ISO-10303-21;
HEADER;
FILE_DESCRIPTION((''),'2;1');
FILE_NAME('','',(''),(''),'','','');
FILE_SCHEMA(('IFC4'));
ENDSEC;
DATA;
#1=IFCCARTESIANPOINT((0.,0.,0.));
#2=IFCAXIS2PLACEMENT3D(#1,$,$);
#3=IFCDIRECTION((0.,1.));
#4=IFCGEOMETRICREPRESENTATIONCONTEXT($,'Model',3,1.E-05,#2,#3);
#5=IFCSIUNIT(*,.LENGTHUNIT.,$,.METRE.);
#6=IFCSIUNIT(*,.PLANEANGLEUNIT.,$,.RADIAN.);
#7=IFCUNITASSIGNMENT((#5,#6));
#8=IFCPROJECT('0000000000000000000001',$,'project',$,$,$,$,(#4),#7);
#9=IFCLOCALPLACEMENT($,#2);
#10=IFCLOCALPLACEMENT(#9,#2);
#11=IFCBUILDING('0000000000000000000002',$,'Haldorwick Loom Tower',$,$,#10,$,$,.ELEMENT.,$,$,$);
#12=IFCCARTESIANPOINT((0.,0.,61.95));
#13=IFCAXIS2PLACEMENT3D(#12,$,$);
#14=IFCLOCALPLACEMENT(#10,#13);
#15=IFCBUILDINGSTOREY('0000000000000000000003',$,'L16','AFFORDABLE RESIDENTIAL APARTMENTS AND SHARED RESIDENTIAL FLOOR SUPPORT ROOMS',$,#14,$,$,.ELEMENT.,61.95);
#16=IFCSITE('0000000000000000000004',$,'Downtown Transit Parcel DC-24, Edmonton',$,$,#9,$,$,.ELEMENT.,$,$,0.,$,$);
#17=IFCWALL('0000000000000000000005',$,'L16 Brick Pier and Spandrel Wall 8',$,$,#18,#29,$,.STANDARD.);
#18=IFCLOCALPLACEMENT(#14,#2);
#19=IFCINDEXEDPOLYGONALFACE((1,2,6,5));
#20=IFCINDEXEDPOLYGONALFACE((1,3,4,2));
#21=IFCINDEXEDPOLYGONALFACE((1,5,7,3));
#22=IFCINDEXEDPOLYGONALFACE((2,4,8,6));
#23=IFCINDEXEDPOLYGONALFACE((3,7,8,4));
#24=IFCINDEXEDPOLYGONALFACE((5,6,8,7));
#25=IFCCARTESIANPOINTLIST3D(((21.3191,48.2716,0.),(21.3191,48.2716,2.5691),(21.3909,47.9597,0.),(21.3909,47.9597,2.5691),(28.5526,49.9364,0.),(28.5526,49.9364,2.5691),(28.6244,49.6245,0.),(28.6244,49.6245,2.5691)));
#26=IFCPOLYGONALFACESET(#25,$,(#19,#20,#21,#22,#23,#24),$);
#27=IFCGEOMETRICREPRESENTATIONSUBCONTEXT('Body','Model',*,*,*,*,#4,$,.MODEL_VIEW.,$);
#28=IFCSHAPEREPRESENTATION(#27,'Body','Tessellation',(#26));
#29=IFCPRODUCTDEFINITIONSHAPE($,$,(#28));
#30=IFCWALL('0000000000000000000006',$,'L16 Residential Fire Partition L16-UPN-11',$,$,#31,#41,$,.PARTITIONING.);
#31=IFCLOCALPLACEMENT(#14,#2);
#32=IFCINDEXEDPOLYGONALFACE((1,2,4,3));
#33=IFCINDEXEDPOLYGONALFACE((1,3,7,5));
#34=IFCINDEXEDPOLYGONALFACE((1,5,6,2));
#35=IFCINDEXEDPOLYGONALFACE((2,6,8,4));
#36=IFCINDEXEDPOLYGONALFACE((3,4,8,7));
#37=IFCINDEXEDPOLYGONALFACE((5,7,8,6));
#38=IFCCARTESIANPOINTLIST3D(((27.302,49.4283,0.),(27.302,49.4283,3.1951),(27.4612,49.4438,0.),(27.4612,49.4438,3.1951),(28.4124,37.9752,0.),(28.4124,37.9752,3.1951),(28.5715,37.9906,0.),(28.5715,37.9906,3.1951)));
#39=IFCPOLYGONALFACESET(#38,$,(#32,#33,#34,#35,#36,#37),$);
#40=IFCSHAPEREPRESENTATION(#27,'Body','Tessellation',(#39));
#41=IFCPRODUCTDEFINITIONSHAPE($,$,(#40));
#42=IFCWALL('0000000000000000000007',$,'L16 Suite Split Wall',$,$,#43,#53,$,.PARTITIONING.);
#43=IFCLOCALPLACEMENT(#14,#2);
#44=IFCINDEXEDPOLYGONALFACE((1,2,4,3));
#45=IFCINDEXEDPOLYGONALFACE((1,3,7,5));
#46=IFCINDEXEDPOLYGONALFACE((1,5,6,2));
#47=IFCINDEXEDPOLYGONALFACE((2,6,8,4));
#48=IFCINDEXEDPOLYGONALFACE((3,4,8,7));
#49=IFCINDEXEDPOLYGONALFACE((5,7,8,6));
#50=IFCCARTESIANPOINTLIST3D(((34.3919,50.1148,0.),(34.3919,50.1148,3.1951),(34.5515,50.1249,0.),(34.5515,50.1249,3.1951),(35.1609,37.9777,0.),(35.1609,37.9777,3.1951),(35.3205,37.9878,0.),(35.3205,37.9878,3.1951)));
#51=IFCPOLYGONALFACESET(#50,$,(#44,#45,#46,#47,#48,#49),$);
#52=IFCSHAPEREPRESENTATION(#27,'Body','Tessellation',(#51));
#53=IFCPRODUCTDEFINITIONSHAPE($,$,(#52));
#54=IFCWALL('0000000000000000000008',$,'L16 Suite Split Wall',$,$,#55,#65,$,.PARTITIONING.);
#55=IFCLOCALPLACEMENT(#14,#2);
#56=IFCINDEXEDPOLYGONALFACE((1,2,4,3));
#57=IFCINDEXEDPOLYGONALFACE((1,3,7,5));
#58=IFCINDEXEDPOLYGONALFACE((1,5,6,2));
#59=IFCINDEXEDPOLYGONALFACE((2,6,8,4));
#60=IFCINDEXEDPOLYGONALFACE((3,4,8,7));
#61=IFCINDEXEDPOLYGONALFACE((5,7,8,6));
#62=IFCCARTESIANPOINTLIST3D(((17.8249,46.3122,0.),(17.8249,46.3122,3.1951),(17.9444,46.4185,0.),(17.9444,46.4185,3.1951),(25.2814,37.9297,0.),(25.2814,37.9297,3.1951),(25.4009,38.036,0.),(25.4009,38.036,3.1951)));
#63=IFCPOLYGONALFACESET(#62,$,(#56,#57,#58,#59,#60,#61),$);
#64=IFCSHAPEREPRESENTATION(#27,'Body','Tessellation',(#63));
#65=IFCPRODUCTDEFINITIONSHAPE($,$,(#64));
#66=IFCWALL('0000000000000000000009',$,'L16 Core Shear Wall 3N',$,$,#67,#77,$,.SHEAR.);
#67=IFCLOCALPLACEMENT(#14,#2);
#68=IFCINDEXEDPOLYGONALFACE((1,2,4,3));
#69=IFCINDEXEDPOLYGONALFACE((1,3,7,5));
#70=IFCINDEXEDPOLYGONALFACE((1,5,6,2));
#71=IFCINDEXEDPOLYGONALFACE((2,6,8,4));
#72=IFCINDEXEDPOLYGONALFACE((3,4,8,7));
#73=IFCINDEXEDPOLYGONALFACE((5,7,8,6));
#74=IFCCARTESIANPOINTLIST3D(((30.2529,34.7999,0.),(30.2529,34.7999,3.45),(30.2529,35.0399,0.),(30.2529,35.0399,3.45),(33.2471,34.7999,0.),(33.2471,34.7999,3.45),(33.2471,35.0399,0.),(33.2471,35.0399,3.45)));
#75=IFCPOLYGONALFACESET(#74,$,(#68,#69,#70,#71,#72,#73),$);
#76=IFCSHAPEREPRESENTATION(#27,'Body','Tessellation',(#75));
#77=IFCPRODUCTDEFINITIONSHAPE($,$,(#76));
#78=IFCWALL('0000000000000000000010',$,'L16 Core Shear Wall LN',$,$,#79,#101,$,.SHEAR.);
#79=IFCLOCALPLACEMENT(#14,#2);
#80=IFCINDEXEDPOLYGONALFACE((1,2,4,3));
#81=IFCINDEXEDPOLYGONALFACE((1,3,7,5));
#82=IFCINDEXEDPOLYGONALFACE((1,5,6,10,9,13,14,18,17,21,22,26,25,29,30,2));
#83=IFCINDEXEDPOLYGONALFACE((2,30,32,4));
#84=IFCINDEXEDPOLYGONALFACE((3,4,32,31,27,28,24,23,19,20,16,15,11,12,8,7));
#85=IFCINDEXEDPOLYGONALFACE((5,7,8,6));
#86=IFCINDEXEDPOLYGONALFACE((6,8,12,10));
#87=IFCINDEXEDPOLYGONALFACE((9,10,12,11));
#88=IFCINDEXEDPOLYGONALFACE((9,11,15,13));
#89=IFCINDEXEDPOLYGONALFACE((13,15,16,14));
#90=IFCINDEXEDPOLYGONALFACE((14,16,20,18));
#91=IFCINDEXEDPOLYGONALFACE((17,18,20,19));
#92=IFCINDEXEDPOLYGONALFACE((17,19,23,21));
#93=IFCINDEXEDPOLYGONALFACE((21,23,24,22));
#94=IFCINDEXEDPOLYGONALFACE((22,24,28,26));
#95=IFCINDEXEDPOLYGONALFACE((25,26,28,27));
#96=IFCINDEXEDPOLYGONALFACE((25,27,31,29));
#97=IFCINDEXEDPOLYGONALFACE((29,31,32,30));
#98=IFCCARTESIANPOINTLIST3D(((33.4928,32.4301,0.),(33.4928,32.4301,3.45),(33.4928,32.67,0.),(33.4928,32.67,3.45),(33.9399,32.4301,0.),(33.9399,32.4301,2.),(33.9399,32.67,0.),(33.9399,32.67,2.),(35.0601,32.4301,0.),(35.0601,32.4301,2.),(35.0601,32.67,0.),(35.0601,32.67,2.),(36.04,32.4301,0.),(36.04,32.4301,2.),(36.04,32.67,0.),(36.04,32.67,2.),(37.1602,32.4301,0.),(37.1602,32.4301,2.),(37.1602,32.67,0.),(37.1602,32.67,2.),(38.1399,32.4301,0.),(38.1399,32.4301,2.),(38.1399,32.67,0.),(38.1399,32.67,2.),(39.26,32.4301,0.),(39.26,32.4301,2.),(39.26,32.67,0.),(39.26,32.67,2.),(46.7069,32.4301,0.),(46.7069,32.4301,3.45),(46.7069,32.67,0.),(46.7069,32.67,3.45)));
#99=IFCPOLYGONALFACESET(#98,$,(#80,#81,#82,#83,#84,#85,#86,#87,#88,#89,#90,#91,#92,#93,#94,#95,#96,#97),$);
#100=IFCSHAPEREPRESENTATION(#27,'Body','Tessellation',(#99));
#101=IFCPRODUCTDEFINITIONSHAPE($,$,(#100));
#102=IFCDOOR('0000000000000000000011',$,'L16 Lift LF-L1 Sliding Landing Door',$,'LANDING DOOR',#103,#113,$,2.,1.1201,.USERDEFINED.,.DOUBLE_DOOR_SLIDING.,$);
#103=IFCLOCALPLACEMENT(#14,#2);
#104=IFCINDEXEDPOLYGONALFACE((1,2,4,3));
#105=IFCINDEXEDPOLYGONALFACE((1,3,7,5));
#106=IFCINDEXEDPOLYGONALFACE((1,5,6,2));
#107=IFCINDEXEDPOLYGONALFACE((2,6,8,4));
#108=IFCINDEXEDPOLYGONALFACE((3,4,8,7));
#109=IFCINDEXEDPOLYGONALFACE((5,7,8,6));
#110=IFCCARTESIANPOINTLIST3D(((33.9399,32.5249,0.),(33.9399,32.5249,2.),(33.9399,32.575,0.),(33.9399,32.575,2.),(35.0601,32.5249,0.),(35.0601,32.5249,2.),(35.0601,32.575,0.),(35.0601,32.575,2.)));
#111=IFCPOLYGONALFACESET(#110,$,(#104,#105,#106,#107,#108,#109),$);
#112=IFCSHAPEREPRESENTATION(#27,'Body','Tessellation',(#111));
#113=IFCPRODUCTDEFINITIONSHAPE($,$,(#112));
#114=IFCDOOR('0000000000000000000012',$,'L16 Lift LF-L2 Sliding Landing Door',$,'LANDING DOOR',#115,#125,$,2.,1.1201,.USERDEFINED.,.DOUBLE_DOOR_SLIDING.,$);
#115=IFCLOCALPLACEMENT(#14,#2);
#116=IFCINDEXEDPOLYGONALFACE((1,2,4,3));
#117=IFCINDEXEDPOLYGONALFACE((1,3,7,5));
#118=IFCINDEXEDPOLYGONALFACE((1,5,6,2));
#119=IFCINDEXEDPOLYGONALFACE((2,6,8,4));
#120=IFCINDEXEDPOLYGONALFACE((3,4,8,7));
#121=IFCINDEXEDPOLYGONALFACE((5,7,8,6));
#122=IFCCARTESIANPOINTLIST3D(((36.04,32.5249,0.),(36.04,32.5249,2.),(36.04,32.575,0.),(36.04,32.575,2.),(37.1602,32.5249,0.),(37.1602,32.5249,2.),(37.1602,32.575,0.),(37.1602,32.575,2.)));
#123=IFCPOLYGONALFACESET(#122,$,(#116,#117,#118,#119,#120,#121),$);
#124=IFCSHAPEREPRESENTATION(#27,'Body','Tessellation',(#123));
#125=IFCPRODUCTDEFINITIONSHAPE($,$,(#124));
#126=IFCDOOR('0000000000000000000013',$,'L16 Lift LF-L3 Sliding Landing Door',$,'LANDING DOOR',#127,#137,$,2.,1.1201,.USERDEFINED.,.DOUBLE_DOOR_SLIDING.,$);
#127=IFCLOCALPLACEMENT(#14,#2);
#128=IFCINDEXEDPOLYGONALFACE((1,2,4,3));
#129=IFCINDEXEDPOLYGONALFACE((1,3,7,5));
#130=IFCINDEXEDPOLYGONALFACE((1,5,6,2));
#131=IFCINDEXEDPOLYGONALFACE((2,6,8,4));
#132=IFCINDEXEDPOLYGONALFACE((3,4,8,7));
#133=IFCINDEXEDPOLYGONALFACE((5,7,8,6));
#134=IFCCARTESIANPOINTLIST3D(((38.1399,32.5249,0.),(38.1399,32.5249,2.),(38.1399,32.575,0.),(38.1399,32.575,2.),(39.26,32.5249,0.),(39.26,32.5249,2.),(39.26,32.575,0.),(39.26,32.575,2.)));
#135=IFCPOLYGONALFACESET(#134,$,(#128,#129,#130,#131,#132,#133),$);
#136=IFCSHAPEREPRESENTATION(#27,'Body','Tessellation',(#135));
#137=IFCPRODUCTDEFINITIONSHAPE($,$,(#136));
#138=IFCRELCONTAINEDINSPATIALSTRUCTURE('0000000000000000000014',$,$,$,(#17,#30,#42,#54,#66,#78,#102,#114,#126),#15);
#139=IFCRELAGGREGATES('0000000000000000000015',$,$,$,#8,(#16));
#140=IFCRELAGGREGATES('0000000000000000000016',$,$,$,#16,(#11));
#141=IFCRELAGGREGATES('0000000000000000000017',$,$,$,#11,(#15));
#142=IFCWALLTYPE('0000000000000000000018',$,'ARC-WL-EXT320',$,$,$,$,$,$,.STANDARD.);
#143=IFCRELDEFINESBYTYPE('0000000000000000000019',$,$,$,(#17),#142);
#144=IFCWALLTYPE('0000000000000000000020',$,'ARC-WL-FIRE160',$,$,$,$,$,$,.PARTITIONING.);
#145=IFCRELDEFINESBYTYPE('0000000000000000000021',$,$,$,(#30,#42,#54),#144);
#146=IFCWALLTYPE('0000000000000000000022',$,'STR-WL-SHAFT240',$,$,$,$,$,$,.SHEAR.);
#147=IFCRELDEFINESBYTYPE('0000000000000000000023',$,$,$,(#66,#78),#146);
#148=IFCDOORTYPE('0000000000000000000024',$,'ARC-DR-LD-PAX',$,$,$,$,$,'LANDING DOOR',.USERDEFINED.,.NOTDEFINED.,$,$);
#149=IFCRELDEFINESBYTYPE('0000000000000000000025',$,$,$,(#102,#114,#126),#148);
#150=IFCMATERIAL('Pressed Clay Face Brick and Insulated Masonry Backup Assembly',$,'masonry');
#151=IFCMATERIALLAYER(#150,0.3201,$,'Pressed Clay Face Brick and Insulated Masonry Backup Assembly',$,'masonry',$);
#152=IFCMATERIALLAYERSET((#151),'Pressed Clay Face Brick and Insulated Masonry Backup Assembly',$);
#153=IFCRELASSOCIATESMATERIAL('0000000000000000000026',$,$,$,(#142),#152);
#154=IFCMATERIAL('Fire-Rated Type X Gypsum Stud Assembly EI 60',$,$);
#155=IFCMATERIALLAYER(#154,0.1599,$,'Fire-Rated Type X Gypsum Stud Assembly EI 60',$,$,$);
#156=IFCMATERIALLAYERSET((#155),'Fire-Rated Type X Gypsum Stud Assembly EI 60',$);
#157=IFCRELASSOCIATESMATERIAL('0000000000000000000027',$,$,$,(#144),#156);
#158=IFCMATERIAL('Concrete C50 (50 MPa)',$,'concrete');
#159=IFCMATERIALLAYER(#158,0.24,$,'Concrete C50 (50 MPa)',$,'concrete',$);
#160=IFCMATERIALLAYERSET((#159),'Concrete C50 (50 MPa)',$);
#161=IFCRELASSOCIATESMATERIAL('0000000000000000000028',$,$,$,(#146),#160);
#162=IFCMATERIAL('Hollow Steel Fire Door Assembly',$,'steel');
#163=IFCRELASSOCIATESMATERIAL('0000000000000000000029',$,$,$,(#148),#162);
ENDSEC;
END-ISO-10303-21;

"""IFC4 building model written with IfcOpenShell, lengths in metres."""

from ifc_helpers import new_model, si_unit, direction, frame, frame_2d, origin, place, context, subcontext, project, spatial, rectangle, extrude, material, layer, layer_set, type_object, element, fill, save


model = new_model("IFC4")

# Units and contexts
model_context = context("Model", 3, precision=1e-05, world=origin(), true_north=direction((0.0, 1.0)))
body_context = subcontext(model_context, "Body", "Model", "MODEL_VIEW")
ifc_project = project(units=[si_unit("LENGTHUNIT", "METRE"), si_unit("PLANEANGLEUNIT", "RADIAN")], contexts=[model_context])

# Site, building, storey
site_placement = place(None, origin())
site = spatial("IfcSite", under=ifc_project, at=site_placement, Name="Downtown Transit Parcel DC-24, Edmonton", CompositionType="ELEMENT", RefElevation=0.0)
building_placement = place(site_placement, origin())
building = spatial("IfcBuilding", under=site, at=building_placement, Name="Haldorwick Loom Tower", CompositionType="ELEMENT")
storey_placement = place(building_placement, frame((0.0, 0.0, 61.95)))
storey = spatial("IfcBuildingStorey", under=building, at=storey_placement, Name="L16", Description="AFFORDABLE RESIDENTIAL APARTMENTS AND SHARED RESIDENTIAL FLOOR SUPPORT ROOMS", CompositionType="ELEMENT", Elevation=61.95)

# Walls
ifc_material_1 = material(Name="Pressed Clay Face Brick and Insulated Masonry Backup Assembly", Category="masonry")
ifc_layer_1 = layer(ifc_material_1, 0.3201, Name="Pressed Clay Face Brick and Insulated Masonry Backup Assembly", Category="masonry")
ifc_layer_set_1 = layer_set([ifc_layer_1], Name="Pressed Clay Face Brick and Insulated Masonry Backup Assembly")
wall_type_1 = type_object("IfcWallType", Name="ARC-WL-EXT320", PredefinedType="STANDARD", material=ifc_layer_set_1)
wall_1_placement = place(storey_placement, frame((28.5886, 49.7805, 0.0), z_axis=(0.0, 0.0, 1.0), x_axis=(-0.974522, -0.22429, 0.0)))
element("IfcWall", 1, at=wall_1_placement, inside=storey, type_object=wall_type_1, Name="L16 Brick Pier and Spandrel Wall 8", PredefinedType="STANDARD", context=body_context, shape_type="SweptSolid", body=[
    extrude(rectangle(XDim=7.4226, YDim=0.3201, at=frame_2d((3.7114, 0.0))), origin(), (0.0, 0.0, 1.0), 2.5691),
])
ifc_material_2 = material(Name="Fire-Rated Type X Gypsum Stud Assembly EI 60")
ifc_layer_2 = layer(ifc_material_2, 0.1599, Name="Fire-Rated Type X Gypsum Stud Assembly EI 60")
ifc_layer_set_2 = layer_set([ifc_layer_2], Name="Fire-Rated Type X Gypsum Stud Assembly EI 60")
wall_type_2 = type_object("IfcWallType", Name="ARC-WL-FIRE160", PredefinedType="PARTITIONING", material=ifc_layer_set_2)
wall_2_placement = place(storey_placement, frame((28.4919, 37.9829, 0.0), z_axis=(0.0, 0.0, 1.0), x_axis=(-0.096495, 0.995333, 0.0)))
element("IfcWall", 2, at=wall_2_placement, inside=storey, type_object=wall_type_2, Name="L16 Residential Fire Partition L16-UPN-11", PredefinedType="PARTITIONING", context=body_context, shape_type="SweptSolid", body=[
    extrude(rectangle(XDim=11.5068, YDim=0.1599, at=frame_2d((5.7534, 0.0))), origin(), (0.0, 0.0, 1.0), 3.1951),
])
wall_3_placement = place(storey_placement, frame((35.2407, 37.9829, 0.0), z_axis=(0.0, 0.0, 1.0), x_axis=(-0.063237, 0.997999, 0.0)))
element("IfcWall", 3, at=wall_3_placement, inside=storey, type_object=wall_type_2, Name="L16 Suite Split Wall", PredefinedType="PARTITIONING", context=body_context, shape_type="SweptSolid", body=[
    extrude(rectangle(XDim=12.1614, YDim=0.1599, at=frame_2d((6.0806, 0.0))), origin(), (0.0, 0.0, 1.0), 3.1951),
])
wall_4_placement = place(storey_placement, frame((25.3411, 37.9829, 0.0), z_axis=(0.0, 0.0, 1.0), x_axis=(-0.664631, 0.747172, 0.0)))
element("IfcWall", 4, at=wall_4_placement, inside=storey, type_object=wall_type_2, Name="L16 Suite Split Wall", PredefinedType="PARTITIONING", context=body_context, shape_type="SweptSolid", body=[
    extrude(rectangle(XDim=11.219, YDim=0.1599, at=frame_2d((5.6094, 0.0))), origin(), (0.0, 0.0, 1.0), 3.1951),
])
ifc_material_3 = material(Name="Concrete C50 (50 MPa)", Category="concrete")
ifc_layer_3 = layer(ifc_material_3, 0.24, Name="Concrete C50 (50 MPa)", Category="concrete")
ifc_layer_set_3 = layer_set([ifc_layer_3], Name="Concrete C50 (50 MPa)")
wall_type_3 = type_object("IfcWallType", Name="STR-WL-SHAFT240", PredefinedType="SHEAR", material=ifc_layer_set_3)
wall_5_placement = place(storey_placement, frame((30.2529, 34.9199, 0.0), z_axis=(0.0, 0.0, 1.0), x_axis=(1.0, 0.0, 0.0)))
element("IfcWall", 5, at=wall_5_placement, inside=storey, type_object=wall_type_3, Name="L16 Core Shear Wall 3N", PredefinedType="SHEAR", context=body_context, shape_type="SweptSolid", body=[
    extrude(rectangle(XDim=2.9941, YDim=0.24, at=frame_2d((1.4971, 0.0))), origin(), (0.0, 0.0, 1.0), 3.45),
])

# Wall, openings, doors
wall_6_placement = place(storey_placement, frame((33.4929, 32.55, 0.0), z_axis=(0.0, 0.0, 1.0), x_axis=(1.0, 0.0, 0.0)))
wall_6 = element("IfcWall", 6, at=wall_6_placement, inside=storey, type_object=wall_type_3, Name="L16 Core Shear Wall LN", PredefinedType="SHEAR", context=body_context, shape_type="SweptSolid", body=[
    extrude(rectangle(XDim=13.2141, YDim=0.24, at=frame_2d((6.6069, 0.0))), origin(), (0.0, 0.0, 1.0), 3.45),
])
opening_1_placement = place(wall_6_placement, frame((0.447, 0.0, 0.0)))
opening_1 = element("IfcOpeningElement", 7, at=opening_1_placement, cuts=wall_6, PredefinedType="OPENING", context=body_context, shape_type="SweptSolid", body=[
    extrude(rectangle(XDim=1.1201, YDim=2.0, at=frame_2d((0.5601, 1.0))), frame((0.0, 0.1299, 0.0), z_axis=(0.0, -1.0, 0.0), x_axis=(1.0, 0.0, 0.0)), (0.0, 0.0, 1.0), 0.26),
])
opening_2_placement = place(wall_6_placement, frame((2.5471, 0.0, 0.0)))
opening_2 = element("IfcOpeningElement", 8, at=opening_2_placement, cuts=wall_6, PredefinedType="OPENING", context=body_context, shape_type="SweptSolid", body=[
    extrude(rectangle(XDim=1.1201, YDim=2.0, at=frame_2d((0.5601, 1.0))), frame((0.0, 0.1299, 0.0), z_axis=(0.0, -1.0, 0.0), x_axis=(1.0, 0.0, 0.0)), (0.0, 0.0, 1.0), 0.26),
])
opening_3_placement = place(wall_6_placement, frame((4.647, 0.0, 0.0)))
opening_3 = element("IfcOpeningElement", 9, at=opening_3_placement, cuts=wall_6, PredefinedType="OPENING", context=body_context, shape_type="SweptSolid", body=[
    extrude(rectangle(XDim=1.1201, YDim=2.0, at=frame_2d((0.5601, 1.0))), frame((0.0, 0.1299, 0.0), z_axis=(0.0, -1.0, 0.0), x_axis=(1.0, 0.0, 0.0)), (0.0, 0.0, 1.0), 0.26),
])
ifc_material_4 = material(Name="Hollow Steel Fire Door Assembly", Category="steel")
door_type = type_object("IfcDoorType", Name="ARC-DR-LD-PAX", ElementType="LANDING DOOR", OperationType="NOTDEFINED", PredefinedType="USERDEFINED", material=ifc_material_4)
door_1_placement = place(opening_1_placement, origin())
door_1 = element("IfcDoor", 10, at=door_1_placement, inside=storey, type_object=door_type, Name="L16 Lift LF-L1 Sliding Landing Door", ObjectType="LANDING DOOR", OperationType="DOUBLE_DOOR_SLIDING", OverallHeight=2.0, OverallWidth=1.1201, PredefinedType="USERDEFINED", context=body_context, shape_type="SweptSolid", body=[
    extrude(rectangle(XDim=1.1201, YDim=2.0, at=frame_2d((0.5601, 1.0))), frame((0.0, 0.0249, 0.0), z_axis=(0.0, -1.0, 0.0), x_axis=(1.0, 0.0, 0.0)), (0.0, 0.0, 1.0), 0.05),
])
fill(opening_1, door_1)
door_2_placement = place(opening_2_placement, origin())
door_2 = element("IfcDoor", 11, at=door_2_placement, inside=storey, type_object=door_type, Name="L16 Lift LF-L2 Sliding Landing Door", ObjectType="LANDING DOOR", OperationType="DOUBLE_DOOR_SLIDING", OverallHeight=2.0, OverallWidth=1.1201, PredefinedType="USERDEFINED", context=body_context, shape_type="SweptSolid", body=[
    extrude(rectangle(XDim=1.1201, YDim=2.0, at=frame_2d((0.5601, 1.0))), frame((0.0, 0.0249, 0.0), z_axis=(0.0, -1.0, 0.0), x_axis=(1.0, 0.0, 0.0)), (0.0, 0.0, 1.0), 0.05),
])
fill(opening_2, door_2)
door_3_placement = place(opening_3_placement, origin())
door_3 = element("IfcDoor", 12, at=door_3_placement, inside=storey, type_object=door_type, Name="L16 Lift LF-L3 Sliding Landing Door", ObjectType="LANDING DOOR", OperationType="DOUBLE_DOOR_SLIDING", OverallHeight=2.0, OverallWidth=1.1201, PredefinedType="USERDEFINED", context=body_context, shape_type="SweptSolid", body=[
    extrude(rectangle(XDim=1.1201, YDim=2.0, at=frame_2d((0.5601, 1.0))), frame((0.0, 0.0249, 0.0), z_axis=(0.0, -1.0, 0.0), x_axis=(1.0, 0.0, 0.0)), (0.0, 0.0, 1.0), 0.05),
])
fill(opening_3, door_3)

save(model, "model.ifc")
